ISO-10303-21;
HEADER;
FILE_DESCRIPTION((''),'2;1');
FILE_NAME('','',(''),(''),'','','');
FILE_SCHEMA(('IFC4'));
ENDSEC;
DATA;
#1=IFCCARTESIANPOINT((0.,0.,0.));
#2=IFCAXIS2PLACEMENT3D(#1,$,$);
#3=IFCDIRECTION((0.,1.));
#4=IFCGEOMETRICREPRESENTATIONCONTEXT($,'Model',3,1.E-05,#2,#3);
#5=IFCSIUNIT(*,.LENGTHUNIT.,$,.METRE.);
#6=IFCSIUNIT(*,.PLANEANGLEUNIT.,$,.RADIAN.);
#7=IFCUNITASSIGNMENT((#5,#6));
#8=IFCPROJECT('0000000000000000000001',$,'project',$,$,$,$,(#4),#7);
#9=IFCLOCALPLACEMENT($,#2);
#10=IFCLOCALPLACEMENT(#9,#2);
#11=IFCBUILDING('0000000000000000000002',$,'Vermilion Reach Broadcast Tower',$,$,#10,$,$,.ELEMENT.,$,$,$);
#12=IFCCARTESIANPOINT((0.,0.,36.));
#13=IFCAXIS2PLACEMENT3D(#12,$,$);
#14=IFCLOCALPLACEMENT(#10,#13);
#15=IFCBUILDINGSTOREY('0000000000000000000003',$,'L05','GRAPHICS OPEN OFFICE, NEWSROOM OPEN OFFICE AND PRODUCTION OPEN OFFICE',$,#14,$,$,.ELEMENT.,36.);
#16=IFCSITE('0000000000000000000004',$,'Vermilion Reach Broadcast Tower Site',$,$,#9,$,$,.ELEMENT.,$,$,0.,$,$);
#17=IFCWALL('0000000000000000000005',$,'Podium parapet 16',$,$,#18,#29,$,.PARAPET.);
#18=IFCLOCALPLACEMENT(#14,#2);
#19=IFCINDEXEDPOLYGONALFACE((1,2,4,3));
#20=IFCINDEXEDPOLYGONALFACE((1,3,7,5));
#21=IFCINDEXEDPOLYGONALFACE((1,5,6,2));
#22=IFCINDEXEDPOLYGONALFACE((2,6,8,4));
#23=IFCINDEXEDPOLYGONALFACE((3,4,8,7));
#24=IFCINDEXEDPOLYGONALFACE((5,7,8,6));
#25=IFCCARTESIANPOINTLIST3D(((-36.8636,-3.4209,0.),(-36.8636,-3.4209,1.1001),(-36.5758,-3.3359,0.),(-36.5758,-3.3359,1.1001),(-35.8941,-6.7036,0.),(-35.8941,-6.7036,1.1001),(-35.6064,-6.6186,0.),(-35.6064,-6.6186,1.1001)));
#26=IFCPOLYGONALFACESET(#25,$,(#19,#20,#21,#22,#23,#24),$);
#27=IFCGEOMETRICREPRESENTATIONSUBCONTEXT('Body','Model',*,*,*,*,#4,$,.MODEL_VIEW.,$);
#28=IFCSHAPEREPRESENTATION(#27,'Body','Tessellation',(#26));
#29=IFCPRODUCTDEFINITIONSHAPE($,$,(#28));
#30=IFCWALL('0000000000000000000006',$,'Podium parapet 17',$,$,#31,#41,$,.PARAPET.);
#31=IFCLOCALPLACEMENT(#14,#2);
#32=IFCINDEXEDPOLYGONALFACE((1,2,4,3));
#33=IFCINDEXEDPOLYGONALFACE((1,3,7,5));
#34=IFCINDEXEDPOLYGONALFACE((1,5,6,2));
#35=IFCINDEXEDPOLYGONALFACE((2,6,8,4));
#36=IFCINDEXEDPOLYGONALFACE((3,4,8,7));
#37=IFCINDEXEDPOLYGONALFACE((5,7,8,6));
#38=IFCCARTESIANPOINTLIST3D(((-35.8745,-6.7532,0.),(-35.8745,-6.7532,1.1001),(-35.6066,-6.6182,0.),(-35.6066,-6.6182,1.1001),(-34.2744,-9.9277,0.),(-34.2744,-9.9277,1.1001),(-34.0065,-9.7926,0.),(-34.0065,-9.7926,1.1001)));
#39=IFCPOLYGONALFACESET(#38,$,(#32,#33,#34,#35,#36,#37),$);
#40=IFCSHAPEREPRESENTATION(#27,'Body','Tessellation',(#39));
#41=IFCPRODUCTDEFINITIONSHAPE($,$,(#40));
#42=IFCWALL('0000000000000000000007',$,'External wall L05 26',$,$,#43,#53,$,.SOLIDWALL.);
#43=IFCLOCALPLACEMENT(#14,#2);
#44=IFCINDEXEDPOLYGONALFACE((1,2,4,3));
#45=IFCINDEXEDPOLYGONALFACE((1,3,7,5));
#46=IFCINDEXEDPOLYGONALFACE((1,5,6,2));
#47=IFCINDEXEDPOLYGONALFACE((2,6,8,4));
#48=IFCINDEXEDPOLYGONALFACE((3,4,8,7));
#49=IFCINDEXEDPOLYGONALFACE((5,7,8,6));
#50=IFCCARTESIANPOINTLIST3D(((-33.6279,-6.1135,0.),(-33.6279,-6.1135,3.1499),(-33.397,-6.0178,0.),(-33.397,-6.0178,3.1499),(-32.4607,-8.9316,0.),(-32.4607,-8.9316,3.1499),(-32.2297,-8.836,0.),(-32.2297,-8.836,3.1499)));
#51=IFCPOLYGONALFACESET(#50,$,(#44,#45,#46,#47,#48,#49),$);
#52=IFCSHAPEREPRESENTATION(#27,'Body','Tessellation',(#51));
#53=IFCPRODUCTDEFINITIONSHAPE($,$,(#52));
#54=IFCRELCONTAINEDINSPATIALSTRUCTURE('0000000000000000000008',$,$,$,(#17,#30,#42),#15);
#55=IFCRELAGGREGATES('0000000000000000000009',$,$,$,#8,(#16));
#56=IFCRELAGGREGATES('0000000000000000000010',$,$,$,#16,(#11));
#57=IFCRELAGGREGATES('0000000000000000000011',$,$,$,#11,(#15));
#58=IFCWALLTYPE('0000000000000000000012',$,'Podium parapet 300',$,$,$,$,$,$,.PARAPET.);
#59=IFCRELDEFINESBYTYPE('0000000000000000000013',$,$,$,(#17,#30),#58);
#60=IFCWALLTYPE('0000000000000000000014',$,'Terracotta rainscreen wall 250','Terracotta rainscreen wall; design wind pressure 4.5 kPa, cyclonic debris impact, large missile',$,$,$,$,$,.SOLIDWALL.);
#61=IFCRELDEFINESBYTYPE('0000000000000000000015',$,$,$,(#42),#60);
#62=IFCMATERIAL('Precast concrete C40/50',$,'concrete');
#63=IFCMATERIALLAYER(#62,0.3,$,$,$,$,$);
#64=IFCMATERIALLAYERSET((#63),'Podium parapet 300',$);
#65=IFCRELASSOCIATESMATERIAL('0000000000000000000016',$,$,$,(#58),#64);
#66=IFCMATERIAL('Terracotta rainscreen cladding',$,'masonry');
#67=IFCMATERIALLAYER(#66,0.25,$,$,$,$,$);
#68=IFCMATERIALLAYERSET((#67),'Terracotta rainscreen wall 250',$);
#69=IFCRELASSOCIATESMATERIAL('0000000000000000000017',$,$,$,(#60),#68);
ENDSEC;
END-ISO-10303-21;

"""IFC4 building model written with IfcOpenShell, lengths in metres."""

from ifc_helpers import new_model, si_unit, direction, frame, frame_2d, origin, place, context, subcontext, project, spatial, rectangle, extrude, material, layer, layer_set, type_object, element, save


model = new_model("IFC4")

# Units and contexts
model_context = context("Model", 3, precision=1e-05, world=origin(), true_north=direction((0.0, 1.0)))
body_context = subcontext(model_context, "Body", "Model", "MODEL_VIEW")
ifc_project = project(units=[si_unit("LENGTHUNIT", "METRE"), si_unit("PLANEANGLEUNIT", "RADIAN")], contexts=[model_context])

# Site, building, storey
site_placement = place(None, origin())
site = spatial("IfcSite", under=ifc_project, at=site_placement, Name="Vermilion Reach Broadcast Tower Site", CompositionType="ELEMENT", RefElevation=0.0)
building_placement = place(site_placement, origin())
building = spatial("IfcBuilding", under=site, at=building_placement, Name="Vermilion Reach Broadcast Tower", CompositionType="ELEMENT")
storey_placement = place(building_placement, frame((0.0, 0.0, 36.0)))
storey = spatial("IfcBuildingStorey", under=building, at=storey_placement, Name="L05", Description="GRAPHICS OPEN OFFICE, NEWSROOM OPEN OFFICE AND PRODUCTION OPEN OFFICE", CompositionType="ELEMENT", Elevation=36.0)

# Walls
ifc_material_1 = material(Name="Precast concrete C40/50", Category="concrete")
ifc_layer_1 = layer(ifc_material_1, 0.3)
ifc_layer_set_1 = layer_set([ifc_layer_1], Name="Podium parapet 300")
wall_type_1 = type_object("IfcWallType", Name="Podium parapet 300", PredefinedType="PARAPET", material=ifc_layer_set_1)
wall_1_placement = place(storey_placement, frame((-36.7197, -3.3784, 0.0), z_axis=(0.0, 0.0, 1.0), x_axis=(0.283236, -0.95905, 0.0)))
element("IfcWall", 1, at=wall_1_placement, inside=storey, type_object=wall_type_1, Name="Podium parapet 16", PredefinedType="PARAPET", context=body_context, shape_type="SweptSolid", body=[
    extrude(rectangle(XDim=3.4229, YDim=0.3, at=frame_2d((1.7114, 0.0))), origin(), (0.0, 0.0, 1.0), 1.1001),
])
wall_2_placement = place(storey_placement, frame((-35.7405, -6.6858, 0.0), z_axis=(0.0, 0.0, 1.0), x_axis=(0.450096, -0.89298, 0.0)))
element("IfcWall", 2, at=wall_2_placement, inside=storey, type_object=wall_type_1, Name="Podium parapet 17", PredefinedType="PARAPET", context=body_context, shape_type="SweptSolid", body=[
    extrude(rectangle(XDim=3.5549, YDim=0.3, at=frame_2d((1.7773, 0.0))), origin(), (0.0, 0.0, 1.0), 1.1001),
])
ifc_material_2 = material(Name="Terracotta rainscreen cladding", Category="masonry")
ifc_layer_2 = layer(ifc_material_2, 0.25)
ifc_layer_set_2 = layer_set([ifc_layer_2], Name="Terracotta rainscreen wall 250")
wall_type_2 = type_object("IfcWallType", Name="Terracotta rainscreen wall 250", Description="Terracotta rainscreen wall; design wind pressure 4.5 kPa, cyclonic debris impact, large missile", PredefinedType="SOLIDWALL", material=ifc_layer_set_2)
wall_3_placement = place(storey_placement, frame((-33.5125, -6.0657, 0.0), z_axis=(0.0, 0.0, 1.0), x_axis=(0.382665, -0.923887, 0.0)))
element("IfcWall", 3, at=wall_3_placement, inside=storey, type_object=wall_type_2, Name="External wall L05 26", PredefinedType="SOLIDWALL", context=body_context, shape_type="SweptSolid", body=[
    extrude(rectangle(XDim=3.0503, YDim=0.25, at=frame_2d((1.5251, 0.0))), origin(), (0.0, 0.0, 1.0), 3.1499),
])

save(model, "model.ifc")
